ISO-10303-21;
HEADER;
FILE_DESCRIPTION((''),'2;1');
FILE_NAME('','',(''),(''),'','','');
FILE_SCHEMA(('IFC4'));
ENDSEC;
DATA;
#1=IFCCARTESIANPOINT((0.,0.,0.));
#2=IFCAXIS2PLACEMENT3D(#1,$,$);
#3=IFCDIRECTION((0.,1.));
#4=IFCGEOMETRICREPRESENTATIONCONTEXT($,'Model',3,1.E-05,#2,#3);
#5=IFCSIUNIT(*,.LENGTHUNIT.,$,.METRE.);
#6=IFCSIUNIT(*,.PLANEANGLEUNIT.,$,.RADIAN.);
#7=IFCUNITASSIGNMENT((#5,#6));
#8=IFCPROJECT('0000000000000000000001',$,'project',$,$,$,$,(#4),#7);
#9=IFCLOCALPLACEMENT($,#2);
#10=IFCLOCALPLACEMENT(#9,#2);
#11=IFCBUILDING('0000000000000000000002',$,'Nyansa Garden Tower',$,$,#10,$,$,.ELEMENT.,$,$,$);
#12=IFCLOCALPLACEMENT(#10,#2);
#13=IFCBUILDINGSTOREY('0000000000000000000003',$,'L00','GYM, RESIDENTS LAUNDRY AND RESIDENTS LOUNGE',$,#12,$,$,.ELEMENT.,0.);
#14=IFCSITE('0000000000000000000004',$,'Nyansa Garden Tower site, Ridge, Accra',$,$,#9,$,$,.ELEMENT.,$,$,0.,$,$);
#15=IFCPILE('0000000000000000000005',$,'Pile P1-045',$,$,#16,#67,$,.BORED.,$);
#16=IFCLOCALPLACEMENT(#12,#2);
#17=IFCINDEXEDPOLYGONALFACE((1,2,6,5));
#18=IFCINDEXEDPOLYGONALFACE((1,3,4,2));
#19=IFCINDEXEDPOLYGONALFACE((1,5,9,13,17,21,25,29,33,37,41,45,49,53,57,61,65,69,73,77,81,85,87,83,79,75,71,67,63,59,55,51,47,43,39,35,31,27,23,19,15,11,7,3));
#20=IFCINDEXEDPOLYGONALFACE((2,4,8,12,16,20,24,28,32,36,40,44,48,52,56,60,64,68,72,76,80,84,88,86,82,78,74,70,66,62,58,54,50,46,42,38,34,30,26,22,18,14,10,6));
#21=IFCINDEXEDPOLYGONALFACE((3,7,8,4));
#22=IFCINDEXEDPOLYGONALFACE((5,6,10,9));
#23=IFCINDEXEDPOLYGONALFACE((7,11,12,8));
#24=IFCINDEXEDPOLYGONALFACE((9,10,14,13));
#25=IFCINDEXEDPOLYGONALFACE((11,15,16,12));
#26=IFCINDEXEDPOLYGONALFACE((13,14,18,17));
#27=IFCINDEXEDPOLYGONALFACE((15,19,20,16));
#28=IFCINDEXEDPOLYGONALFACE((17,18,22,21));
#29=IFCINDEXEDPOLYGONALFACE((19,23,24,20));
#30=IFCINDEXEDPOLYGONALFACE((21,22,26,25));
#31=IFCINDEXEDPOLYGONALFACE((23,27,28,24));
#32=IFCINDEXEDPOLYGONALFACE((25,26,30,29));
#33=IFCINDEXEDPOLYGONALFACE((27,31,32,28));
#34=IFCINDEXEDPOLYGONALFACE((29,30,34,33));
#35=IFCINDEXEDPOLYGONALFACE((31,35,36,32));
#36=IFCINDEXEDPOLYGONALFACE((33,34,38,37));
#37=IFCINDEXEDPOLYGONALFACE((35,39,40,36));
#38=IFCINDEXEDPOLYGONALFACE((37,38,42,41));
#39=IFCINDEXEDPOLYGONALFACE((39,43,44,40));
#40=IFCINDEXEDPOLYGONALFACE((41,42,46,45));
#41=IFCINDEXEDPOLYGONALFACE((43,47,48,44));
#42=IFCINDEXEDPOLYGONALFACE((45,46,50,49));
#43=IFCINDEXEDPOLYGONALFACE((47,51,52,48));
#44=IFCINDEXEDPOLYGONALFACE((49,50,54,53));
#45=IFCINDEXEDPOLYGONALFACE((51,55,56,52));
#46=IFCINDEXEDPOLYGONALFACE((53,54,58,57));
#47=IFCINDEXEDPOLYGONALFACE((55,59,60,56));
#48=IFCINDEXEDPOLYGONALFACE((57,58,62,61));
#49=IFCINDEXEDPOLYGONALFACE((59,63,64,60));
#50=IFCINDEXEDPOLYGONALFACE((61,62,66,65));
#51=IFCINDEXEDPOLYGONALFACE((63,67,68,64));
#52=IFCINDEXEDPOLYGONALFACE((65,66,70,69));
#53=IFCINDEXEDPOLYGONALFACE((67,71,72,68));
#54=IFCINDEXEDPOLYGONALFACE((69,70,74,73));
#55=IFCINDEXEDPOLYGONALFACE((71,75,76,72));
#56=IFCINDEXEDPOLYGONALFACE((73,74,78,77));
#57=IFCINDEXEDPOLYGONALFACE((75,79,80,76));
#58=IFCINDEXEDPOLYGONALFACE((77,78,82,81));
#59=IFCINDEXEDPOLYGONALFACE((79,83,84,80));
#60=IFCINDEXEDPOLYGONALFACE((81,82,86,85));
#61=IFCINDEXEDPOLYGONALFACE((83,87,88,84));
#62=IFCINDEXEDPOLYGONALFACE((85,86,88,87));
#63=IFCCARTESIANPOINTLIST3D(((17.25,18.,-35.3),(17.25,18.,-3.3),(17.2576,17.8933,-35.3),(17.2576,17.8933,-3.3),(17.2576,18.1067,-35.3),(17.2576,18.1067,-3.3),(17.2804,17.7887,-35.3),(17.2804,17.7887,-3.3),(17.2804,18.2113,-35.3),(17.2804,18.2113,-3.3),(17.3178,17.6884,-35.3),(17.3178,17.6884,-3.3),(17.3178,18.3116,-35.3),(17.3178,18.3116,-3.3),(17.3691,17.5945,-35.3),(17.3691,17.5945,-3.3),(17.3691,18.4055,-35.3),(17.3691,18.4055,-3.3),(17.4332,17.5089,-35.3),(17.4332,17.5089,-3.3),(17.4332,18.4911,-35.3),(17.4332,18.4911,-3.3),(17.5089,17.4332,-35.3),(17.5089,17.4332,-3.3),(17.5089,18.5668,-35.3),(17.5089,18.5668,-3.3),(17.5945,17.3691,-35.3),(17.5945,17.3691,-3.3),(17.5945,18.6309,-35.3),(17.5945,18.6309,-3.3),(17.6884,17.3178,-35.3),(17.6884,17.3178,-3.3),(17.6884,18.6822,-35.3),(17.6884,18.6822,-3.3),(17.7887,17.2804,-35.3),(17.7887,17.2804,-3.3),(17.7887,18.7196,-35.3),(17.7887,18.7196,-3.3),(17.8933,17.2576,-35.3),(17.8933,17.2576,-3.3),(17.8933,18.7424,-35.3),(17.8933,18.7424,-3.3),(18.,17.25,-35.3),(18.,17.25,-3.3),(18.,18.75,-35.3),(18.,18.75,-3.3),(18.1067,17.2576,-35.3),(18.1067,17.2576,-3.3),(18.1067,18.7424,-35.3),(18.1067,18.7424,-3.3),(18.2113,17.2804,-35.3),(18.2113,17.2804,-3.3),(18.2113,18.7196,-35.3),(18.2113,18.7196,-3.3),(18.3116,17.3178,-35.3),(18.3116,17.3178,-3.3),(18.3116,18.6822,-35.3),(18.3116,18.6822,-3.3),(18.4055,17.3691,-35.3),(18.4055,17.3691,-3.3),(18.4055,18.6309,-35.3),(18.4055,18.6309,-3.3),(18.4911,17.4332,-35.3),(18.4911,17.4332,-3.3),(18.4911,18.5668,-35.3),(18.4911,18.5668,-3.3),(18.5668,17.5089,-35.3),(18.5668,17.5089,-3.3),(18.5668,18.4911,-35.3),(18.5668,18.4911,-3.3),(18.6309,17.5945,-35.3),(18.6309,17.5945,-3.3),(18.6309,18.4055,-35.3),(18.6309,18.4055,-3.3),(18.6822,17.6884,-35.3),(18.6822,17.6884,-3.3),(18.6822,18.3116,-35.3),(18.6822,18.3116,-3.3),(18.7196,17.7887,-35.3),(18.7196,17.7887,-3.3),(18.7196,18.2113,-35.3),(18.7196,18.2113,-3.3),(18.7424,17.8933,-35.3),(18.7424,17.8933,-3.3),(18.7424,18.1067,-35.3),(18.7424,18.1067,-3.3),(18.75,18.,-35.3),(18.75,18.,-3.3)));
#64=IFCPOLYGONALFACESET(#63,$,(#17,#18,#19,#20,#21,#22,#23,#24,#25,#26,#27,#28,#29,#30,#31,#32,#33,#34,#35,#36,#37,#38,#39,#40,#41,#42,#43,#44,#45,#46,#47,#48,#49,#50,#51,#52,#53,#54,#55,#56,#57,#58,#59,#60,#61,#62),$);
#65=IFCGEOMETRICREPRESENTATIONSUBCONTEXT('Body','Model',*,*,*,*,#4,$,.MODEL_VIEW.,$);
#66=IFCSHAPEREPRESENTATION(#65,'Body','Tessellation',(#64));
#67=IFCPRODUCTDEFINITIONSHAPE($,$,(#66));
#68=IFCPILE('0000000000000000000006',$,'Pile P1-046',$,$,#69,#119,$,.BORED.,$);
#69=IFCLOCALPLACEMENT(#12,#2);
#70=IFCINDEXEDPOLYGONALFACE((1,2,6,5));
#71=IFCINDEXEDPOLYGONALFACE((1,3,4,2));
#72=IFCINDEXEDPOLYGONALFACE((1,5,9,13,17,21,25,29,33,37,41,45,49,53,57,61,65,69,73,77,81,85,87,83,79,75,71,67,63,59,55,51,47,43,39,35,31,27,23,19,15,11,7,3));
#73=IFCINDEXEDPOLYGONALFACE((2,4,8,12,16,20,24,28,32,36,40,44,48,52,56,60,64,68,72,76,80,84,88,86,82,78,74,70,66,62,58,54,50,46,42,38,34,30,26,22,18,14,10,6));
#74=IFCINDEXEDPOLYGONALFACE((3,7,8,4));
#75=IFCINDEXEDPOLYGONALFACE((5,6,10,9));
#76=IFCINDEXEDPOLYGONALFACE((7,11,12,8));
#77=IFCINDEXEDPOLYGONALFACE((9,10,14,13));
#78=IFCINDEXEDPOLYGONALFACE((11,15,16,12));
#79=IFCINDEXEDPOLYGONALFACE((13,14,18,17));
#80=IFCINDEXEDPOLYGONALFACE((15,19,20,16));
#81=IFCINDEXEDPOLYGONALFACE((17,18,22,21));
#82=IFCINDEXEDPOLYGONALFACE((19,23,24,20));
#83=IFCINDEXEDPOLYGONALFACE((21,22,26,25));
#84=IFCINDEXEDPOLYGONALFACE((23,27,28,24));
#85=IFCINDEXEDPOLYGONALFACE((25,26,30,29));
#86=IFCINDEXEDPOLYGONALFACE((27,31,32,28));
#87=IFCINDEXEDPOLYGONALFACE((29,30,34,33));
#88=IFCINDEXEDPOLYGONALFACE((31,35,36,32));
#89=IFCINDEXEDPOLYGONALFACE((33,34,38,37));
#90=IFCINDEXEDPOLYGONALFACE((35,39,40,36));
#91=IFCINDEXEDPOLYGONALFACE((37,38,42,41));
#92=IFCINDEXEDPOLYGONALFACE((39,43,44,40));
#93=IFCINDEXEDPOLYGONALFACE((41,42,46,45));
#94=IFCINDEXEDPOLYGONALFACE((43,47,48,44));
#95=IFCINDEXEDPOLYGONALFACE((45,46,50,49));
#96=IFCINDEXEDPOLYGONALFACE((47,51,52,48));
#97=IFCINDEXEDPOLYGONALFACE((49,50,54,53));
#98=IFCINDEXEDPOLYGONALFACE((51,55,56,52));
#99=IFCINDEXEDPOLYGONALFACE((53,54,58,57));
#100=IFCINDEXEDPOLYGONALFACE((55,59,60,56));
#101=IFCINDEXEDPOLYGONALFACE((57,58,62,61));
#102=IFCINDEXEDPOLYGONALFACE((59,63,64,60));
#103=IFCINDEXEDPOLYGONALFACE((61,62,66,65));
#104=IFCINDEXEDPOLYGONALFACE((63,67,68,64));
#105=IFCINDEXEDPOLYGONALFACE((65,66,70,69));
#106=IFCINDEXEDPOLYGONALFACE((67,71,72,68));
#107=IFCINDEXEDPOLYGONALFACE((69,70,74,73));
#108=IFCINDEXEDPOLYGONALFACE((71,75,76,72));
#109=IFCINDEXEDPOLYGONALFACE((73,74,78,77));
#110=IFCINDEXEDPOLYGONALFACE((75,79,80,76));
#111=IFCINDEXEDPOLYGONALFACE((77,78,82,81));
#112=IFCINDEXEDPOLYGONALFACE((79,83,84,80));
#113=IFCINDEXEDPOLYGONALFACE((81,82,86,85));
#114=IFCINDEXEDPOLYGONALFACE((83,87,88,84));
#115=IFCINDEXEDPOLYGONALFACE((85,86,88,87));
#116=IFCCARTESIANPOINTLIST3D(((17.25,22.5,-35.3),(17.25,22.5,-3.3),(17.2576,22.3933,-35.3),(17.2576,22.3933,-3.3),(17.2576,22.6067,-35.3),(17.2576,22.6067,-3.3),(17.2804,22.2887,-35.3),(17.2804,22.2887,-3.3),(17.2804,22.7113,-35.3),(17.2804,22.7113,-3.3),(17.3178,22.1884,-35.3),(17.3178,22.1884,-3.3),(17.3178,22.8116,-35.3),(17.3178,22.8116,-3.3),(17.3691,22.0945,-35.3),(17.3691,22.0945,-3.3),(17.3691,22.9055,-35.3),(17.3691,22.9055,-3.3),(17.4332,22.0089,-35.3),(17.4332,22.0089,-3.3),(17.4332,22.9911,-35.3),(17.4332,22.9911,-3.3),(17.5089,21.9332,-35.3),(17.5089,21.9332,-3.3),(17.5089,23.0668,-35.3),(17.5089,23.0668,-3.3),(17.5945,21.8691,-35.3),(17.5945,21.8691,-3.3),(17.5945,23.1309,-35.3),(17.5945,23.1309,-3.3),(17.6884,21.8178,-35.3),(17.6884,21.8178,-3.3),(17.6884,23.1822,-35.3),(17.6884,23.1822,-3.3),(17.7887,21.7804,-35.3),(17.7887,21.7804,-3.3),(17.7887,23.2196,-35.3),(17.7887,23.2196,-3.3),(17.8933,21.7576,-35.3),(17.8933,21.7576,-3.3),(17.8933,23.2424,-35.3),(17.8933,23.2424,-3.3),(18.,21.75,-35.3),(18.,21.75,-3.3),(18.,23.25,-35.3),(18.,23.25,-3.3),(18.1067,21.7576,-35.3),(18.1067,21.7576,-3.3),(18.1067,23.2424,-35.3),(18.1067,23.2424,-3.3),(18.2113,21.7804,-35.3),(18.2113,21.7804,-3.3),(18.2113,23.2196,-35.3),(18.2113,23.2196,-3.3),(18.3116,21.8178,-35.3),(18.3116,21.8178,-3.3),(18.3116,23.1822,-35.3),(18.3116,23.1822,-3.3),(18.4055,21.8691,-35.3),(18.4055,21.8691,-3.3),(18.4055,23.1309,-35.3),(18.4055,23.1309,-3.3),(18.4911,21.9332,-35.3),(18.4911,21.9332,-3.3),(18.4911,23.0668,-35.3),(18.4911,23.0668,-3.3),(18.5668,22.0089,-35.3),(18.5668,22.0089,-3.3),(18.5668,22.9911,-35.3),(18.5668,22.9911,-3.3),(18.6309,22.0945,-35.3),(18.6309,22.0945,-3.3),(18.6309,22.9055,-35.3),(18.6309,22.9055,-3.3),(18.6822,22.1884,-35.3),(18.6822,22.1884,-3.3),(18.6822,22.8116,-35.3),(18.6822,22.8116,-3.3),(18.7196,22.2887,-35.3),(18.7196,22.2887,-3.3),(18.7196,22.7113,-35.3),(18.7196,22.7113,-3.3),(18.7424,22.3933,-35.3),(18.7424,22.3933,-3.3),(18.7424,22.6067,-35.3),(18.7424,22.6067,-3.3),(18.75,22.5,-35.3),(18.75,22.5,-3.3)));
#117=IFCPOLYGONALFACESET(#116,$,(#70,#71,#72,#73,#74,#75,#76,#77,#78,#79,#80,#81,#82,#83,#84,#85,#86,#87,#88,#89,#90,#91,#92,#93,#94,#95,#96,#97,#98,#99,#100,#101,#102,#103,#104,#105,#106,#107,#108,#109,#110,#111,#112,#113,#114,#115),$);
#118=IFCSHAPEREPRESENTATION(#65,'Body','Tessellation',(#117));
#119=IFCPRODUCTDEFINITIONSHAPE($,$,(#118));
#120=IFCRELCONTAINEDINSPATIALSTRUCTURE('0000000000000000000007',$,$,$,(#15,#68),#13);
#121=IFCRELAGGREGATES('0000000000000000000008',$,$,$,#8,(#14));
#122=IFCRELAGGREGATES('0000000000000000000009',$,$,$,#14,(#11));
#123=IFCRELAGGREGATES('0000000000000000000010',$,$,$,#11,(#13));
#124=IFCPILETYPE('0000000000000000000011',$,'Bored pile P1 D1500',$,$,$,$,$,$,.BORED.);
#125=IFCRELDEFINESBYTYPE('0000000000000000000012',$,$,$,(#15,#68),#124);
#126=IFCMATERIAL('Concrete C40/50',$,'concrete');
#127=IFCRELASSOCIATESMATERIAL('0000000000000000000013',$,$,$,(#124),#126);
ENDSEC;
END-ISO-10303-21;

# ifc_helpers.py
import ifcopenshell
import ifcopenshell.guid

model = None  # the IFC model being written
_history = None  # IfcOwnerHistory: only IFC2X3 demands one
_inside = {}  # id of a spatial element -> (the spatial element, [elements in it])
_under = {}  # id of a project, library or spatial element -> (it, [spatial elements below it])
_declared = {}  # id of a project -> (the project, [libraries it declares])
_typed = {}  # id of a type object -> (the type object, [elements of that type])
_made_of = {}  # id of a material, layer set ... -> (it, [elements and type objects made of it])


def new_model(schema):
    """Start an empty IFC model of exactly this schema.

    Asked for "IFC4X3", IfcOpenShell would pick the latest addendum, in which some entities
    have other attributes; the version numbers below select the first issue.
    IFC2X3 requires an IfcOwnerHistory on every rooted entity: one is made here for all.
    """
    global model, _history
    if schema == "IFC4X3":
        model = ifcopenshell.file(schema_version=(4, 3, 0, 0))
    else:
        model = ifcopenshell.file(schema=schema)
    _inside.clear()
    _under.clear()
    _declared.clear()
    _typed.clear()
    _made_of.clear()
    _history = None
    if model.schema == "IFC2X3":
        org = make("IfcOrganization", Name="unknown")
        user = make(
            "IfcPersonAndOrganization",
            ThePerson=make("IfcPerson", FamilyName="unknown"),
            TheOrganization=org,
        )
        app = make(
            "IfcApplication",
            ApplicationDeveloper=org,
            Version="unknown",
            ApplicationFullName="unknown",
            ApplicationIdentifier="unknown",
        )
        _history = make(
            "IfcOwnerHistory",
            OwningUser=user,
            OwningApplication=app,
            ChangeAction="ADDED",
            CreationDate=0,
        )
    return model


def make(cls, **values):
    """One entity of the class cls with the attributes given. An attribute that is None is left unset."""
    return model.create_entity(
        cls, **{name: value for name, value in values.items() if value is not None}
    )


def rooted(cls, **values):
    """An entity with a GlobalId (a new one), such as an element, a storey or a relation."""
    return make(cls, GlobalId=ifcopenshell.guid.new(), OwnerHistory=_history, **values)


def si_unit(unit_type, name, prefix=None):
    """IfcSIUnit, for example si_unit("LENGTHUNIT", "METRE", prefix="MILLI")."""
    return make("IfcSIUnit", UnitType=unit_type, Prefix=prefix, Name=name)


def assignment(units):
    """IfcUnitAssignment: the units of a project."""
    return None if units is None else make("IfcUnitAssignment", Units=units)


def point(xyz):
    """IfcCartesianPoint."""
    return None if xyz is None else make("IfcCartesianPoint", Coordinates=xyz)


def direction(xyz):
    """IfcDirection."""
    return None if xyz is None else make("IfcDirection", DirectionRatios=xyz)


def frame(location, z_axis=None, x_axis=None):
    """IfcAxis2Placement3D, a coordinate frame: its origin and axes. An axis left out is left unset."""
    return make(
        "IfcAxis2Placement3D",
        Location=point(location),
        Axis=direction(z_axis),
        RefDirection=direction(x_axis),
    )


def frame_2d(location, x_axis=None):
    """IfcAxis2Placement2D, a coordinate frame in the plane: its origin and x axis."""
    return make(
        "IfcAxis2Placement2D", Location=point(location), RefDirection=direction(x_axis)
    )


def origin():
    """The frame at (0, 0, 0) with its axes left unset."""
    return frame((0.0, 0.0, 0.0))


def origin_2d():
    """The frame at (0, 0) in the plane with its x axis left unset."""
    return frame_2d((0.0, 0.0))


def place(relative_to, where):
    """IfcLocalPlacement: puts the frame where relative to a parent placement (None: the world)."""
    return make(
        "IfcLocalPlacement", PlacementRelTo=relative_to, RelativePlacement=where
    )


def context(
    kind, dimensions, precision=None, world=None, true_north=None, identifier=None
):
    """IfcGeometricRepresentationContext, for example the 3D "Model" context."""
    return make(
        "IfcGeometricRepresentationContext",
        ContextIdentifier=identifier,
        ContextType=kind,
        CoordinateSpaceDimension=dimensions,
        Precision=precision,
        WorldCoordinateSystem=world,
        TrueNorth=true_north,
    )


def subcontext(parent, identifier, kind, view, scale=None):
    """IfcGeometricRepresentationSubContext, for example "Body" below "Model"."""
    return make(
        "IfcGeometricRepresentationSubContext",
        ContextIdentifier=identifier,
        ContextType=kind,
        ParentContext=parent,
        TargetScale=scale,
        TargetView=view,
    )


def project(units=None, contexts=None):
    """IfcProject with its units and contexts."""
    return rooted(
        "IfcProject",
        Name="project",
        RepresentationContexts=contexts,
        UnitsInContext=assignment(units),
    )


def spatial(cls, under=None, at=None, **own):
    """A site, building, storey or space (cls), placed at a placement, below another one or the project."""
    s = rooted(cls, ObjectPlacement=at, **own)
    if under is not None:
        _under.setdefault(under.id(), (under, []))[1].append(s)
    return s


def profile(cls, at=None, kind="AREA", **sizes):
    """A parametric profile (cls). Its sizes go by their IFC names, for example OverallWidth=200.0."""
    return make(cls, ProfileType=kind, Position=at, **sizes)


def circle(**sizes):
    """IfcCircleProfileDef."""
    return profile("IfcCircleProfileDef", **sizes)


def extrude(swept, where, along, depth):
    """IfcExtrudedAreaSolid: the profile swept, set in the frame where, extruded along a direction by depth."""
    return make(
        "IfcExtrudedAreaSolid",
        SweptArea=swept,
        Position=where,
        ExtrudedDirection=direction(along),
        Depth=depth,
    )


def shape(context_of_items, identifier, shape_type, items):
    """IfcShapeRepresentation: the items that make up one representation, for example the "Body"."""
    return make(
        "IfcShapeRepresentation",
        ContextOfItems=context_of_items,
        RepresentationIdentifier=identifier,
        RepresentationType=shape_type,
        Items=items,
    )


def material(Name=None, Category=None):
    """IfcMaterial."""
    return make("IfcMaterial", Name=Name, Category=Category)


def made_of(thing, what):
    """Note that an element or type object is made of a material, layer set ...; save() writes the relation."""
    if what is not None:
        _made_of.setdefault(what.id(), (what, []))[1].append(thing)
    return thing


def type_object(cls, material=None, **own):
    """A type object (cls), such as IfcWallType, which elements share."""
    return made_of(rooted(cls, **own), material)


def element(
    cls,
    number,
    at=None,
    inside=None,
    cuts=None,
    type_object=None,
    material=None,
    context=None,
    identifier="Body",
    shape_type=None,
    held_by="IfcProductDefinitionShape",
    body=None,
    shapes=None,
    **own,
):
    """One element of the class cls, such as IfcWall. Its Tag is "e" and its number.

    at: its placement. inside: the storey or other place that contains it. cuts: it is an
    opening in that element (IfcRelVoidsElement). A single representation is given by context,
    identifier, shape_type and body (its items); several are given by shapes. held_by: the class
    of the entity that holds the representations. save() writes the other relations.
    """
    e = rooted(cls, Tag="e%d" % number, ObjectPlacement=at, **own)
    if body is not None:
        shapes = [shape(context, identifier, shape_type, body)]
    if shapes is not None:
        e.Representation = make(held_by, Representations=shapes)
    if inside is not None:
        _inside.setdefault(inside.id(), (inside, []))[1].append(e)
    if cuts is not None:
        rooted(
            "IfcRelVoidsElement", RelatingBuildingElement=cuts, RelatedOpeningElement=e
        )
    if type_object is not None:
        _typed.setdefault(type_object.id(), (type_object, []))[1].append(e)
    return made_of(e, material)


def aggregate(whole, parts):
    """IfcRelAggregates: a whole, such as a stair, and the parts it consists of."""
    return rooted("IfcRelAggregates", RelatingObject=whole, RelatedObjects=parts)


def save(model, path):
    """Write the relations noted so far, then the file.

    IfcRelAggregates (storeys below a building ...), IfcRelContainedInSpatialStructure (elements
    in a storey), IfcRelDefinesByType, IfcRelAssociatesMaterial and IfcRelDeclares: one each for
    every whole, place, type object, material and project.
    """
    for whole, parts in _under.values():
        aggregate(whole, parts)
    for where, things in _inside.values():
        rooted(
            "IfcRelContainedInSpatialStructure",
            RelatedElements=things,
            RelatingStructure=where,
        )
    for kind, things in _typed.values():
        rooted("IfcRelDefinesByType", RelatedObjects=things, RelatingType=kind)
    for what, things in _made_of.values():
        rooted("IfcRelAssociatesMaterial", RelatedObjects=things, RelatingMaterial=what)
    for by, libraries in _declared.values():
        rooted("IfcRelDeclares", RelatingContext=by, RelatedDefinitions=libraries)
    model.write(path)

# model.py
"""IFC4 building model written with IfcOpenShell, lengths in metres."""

from ifc_helpers import new_model, si_unit, direction, frame, origin, origin_2d, place, context, subcontext, project, spatial, circle, extrude, material, type_object, element, save


model = new_model("IFC4")

# Units and contexts
model_context = context("Model", 3, precision=1e-05, world=origin(), true_north=direction((0.0, 1.0)))
body_context = subcontext(model_context, "Body", "Model", "MODEL_VIEW")
ifc_project = project(units=[si_unit("LENGTHUNIT", "METRE"), si_unit("PLANEANGLEUNIT", "RADIAN")], contexts=[model_context])

# Site, building, storey
site_placement = place(None, origin())
site = spatial("IfcSite", under=ifc_project, at=site_placement, Name="Nyansa Garden Tower site, Ridge, Accra", CompositionType="ELEMENT", RefElevation=0.0)
building_placement = place(site_placement, origin())
building = spatial("IfcBuilding", under=site, at=building_placement, Name="Nyansa Garden Tower", CompositionType="ELEMENT")
storey_placement = place(building_placement, origin())
storey = spatial("IfcBuildingStorey", under=building, at=storey_placement, Name="L00", Description="GYM, RESIDENTS LAUNDRY AND RESIDENTS LOUNGE", CompositionType="ELEMENT", Elevation=0.0)

# Piles
ifc_material_1 = material(Name="Concrete C40/50", Category="concrete")
pile_type = type_object("IfcPileType", Name="Bored pile P1 D1500", PredefinedType="BORED", material=ifc_material_1)
for number, where, z_axis, x_axis, name in (
    (1, (18.0, 18.0, -3.3), (0.0, 0.0, -1.0), (1.0, 0.0, 0.0), "Pile P1-045"),
    (2, (18.0, 22.5, -3.3), (0.0, 0.0, -1.0), (1.0, 0.0, 0.0), "Pile P1-046"),
):
    element("IfcPile", number, at=place(storey_placement, frame(where, z_axis=z_axis, x_axis=x_axis)), inside=storey, type_object=pile_type, Name=name, PredefinedType="BORED", context=body_context, shape_type="SweptSolid", body=[
        extrude(circle(Radius=0.75, at=origin_2d()), origin(), (0.0, 0.0, 1.0), 32.0),
    ])

save(model, "model.ifc")
